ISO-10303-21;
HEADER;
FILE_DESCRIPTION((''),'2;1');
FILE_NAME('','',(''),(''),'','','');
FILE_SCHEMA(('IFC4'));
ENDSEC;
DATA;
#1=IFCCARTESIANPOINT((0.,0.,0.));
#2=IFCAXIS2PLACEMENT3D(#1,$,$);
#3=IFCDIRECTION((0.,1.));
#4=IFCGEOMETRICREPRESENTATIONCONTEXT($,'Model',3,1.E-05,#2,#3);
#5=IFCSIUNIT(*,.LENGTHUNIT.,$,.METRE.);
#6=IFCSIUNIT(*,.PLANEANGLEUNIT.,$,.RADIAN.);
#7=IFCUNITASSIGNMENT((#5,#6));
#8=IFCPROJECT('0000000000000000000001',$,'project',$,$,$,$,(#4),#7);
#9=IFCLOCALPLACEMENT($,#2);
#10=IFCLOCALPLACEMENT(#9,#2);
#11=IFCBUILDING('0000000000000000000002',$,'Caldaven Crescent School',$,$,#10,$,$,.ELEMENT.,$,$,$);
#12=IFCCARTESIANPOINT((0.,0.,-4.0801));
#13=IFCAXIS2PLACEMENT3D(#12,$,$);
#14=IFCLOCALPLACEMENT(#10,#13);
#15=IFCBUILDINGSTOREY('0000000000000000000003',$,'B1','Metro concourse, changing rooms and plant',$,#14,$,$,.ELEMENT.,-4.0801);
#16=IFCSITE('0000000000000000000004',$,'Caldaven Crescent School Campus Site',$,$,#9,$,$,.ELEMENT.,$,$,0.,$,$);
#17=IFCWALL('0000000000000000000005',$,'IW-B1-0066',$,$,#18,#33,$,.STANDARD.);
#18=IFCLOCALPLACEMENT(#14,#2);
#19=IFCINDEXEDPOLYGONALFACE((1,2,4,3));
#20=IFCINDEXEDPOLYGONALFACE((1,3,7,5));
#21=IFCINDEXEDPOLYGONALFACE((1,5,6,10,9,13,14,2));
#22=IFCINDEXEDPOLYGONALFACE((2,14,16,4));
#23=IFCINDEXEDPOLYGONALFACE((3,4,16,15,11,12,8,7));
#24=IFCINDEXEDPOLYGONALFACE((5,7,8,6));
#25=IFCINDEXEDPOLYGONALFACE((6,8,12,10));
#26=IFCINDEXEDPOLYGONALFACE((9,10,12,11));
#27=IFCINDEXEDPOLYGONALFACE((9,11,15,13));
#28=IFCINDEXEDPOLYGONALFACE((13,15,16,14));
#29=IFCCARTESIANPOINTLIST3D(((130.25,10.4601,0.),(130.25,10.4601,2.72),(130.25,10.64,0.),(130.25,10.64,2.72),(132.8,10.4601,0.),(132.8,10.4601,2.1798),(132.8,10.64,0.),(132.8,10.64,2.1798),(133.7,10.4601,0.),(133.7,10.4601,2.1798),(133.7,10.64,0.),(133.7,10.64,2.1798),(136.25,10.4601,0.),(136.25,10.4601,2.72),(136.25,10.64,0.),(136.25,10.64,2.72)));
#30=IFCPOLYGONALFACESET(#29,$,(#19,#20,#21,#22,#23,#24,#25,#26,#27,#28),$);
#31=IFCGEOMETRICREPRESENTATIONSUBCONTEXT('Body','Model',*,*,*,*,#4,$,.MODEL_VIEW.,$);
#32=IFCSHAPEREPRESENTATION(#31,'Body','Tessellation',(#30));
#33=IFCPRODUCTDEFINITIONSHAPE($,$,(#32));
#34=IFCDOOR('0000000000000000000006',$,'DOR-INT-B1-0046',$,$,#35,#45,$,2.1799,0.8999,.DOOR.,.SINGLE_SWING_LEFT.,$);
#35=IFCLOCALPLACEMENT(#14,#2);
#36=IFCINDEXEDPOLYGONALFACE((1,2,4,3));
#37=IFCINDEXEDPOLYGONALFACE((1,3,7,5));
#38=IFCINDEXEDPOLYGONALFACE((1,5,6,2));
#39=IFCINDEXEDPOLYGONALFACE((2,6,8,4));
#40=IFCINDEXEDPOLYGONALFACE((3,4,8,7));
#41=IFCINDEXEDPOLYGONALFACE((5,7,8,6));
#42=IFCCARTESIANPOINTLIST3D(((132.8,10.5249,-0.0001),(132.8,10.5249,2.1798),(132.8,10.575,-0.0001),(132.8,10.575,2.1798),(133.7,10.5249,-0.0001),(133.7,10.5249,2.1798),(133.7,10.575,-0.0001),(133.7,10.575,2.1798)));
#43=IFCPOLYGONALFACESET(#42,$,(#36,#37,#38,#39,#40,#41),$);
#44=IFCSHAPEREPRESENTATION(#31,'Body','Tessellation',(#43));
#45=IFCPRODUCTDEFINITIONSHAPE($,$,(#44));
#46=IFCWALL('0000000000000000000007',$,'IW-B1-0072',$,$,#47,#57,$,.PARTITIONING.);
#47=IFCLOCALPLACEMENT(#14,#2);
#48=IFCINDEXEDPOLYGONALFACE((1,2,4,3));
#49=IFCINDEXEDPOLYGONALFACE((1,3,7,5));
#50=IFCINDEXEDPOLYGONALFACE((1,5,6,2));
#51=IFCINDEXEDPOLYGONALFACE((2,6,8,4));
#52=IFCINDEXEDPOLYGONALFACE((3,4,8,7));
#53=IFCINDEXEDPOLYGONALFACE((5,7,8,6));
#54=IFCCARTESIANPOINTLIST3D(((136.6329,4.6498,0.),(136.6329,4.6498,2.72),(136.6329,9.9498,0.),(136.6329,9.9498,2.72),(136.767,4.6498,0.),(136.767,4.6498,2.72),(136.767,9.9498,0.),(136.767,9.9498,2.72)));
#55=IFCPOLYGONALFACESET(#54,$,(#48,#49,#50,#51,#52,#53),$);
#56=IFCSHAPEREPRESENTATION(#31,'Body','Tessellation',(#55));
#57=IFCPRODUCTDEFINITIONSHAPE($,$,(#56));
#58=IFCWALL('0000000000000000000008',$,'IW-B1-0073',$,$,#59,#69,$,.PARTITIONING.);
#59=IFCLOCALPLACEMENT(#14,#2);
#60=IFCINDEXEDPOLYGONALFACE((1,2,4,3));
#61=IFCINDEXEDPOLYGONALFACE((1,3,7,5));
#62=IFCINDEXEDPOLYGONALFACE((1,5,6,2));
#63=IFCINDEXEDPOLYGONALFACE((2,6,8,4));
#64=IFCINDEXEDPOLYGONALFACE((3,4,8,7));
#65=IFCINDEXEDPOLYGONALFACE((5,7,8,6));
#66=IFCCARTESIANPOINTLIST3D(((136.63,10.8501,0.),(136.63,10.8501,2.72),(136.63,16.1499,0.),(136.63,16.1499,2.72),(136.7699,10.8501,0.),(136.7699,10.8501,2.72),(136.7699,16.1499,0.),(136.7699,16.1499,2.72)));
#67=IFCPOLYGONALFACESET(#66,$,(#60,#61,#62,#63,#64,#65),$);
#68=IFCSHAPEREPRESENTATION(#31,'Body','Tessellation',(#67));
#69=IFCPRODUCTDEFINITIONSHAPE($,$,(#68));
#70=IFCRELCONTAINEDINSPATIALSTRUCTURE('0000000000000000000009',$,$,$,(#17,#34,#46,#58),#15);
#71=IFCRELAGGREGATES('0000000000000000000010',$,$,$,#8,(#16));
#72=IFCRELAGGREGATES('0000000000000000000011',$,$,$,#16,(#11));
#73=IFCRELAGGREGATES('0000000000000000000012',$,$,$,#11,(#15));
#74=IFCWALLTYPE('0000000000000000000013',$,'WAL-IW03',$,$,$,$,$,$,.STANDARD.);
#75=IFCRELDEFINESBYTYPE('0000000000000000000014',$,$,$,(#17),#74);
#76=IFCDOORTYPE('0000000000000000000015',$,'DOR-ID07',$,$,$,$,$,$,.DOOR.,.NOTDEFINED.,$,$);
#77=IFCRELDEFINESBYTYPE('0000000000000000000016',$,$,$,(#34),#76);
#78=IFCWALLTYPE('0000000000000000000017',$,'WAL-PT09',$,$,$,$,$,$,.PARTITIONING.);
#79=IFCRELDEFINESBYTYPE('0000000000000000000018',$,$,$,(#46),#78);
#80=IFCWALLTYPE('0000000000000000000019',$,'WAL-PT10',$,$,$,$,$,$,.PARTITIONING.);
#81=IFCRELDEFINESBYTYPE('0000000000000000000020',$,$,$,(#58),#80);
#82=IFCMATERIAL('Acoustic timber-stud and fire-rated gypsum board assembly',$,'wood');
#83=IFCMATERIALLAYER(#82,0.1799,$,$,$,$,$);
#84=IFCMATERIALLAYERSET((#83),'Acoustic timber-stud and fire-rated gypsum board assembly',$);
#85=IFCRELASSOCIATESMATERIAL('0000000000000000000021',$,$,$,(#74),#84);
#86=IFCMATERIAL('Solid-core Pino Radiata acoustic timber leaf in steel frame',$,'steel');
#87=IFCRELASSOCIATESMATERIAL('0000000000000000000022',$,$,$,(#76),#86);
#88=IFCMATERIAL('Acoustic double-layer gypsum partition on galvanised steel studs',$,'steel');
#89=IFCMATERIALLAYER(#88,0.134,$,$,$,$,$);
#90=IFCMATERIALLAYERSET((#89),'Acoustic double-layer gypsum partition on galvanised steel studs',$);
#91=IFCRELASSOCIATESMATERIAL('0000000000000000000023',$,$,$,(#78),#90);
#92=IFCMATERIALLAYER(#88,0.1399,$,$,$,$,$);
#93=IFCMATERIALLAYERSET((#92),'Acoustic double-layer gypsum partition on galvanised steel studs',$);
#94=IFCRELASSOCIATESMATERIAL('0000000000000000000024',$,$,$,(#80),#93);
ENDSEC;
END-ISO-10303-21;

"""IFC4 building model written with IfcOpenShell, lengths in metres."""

from ifc_helpers import new_model, si_unit, direction, frame, frame_2d, origin, place, context, subcontext, project, spatial, rectangle, extrude, material, layer, layer_set, type_object, element, fill, save


model = new_model("IFC4")

# Units and contexts
model_context = context("Model", 3, precision=1e-05, world=origin(), true_north=direction((0.0, 1.0)))
body_context = subcontext(model_context, "Body", "Model", "MODEL_VIEW")
ifc_project = project(units=[si_unit("LENGTHUNIT", "METRE"), si_unit("PLANEANGLEUNIT", "RADIAN")], contexts=[model_context])

# Site, building, storey
site_placement = place(None, origin())
site = spatial("IfcSite", under=ifc_project, at=site_placement, Name="Caldaven Crescent School Campus Site", CompositionType="ELEMENT", RefElevation=0.0)
building_placement = place(site_placement, origin())
building = spatial("IfcBuilding", under=site, at=building_placement, Name="Caldaven Crescent School", CompositionType="ELEMENT")
storey_placement = place(building_placement, frame((0.0, 0.0, -4.0801)))
storey = spatial("IfcBuildingStorey", under=building, at=storey_placement, Name="B1", Description="Metro concourse, changing rooms and plant", CompositionType="ELEMENT", Elevation=-4.0801)

# Wall, opening, door
ifc_material_1 = material(Name="Acoustic timber-stud and fire-rated gypsum board assembly", Category="wood")
ifc_layer_1 = layer(ifc_material_1, 0.1799)
ifc_layer_set_1 = layer_set([ifc_layer_1], Name="Acoustic timber-stud and fire-rated gypsum board assembly")
wall_type_1 = type_object("IfcWallType", Name="WAL-IW03", PredefinedType="STANDARD", material=ifc_layer_set_1)
wall_1_placement = place(storey_placement, frame((130.25, 10.55, 0.0), z_axis=(0.0, 0.0, 1.0), x_axis=(1.0, 0.0, 0.0)))
wall_1 = element("IfcWall", 1, at=wall_1_placement, inside=storey, type_object=wall_type_1, Name="IW-B1-0066", PredefinedType="STANDARD", context=body_context, shape_type="SweptSolid", body=[
    extrude(rectangle(XDim=6.0, YDim=0.1799, at=frame_2d((3.0, 0.0))), origin(), (0.0, 0.0, 1.0), 2.72),
])
opening_placement = place(wall_1_placement, frame((2.55, 0.0, 0.0)))
opening = element("IfcOpeningElement", 2, at=opening_placement, cuts=wall_1, PredefinedType="OPENING", context=body_context, shape_type="SweptSolid", body=[
    extrude(rectangle(XDim=0.8999, YDim=2.1799, at=frame_2d((0.45, 1.0898))), frame((0.0, 0.0999, 0.0), z_axis=(0.0, -1.0, 0.0), x_axis=(1.0, 0.0, 0.0)), (0.0, 0.0, 1.0), 0.2),
])
ifc_material_2 = material(Name="Solid-core Pino Radiata acoustic timber leaf in steel frame", Category="steel")
door_type = type_object("IfcDoorType", Name="DOR-ID07", OperationType="NOTDEFINED", PredefinedType="DOOR", material=ifc_material_2)
door_placement = place(opening_placement, origin())
door = element("IfcDoor", 3, at=door_placement, inside=storey, type_object=door_type, Name="DOR-INT-B1-0046", OperationType="SINGLE_SWING_LEFT", OverallHeight=2.1799, OverallWidth=0.8999, PredefinedType="DOOR", context=body_context, shape_type="SweptSolid", body=[
    extrude(rectangle(XDim=0.8999, YDim=2.1799, at=frame_2d((0.45, 1.0898))), frame((0.0, 0.0249, 0.0), z_axis=(0.0, -1.0, 0.0), x_axis=(1.0, 0.0, 0.0)), (0.0, 0.0, 1.0), 0.05),
])
fill(opening, door)

# Walls
ifc_material_3 = material(Name="Acoustic double-layer gypsum partition on galvanised steel studs", Category="steel")
ifc_layer_2 = layer(ifc_material_3, 0.134)
ifc_layer_set_2 = layer_set([ifc_layer_2], Name="Acoustic double-layer gypsum partition on galvanised steel studs")
wall_type_2 = type_object("IfcWallType", Name="WAL-PT09", PredefinedType="PARTITIONING", material=ifc_layer_set_2)
wall_2_placement = place(storey_placement, frame((136.7, 4.6499, 0.0), z_axis=(0.0, 0.0, 1.0), x_axis=(0.0, 1.0, 0.0)))
element("IfcWall", 4, at=wall_2_placement, inside=storey, type_object=wall_type_2, Name="IW-B1-0072", PredefinedType="PARTITIONING", context=body_context, shape_type="SweptSolid", body=[
    extrude(rectangle(XDim=5.3, YDim=0.134, at=frame_2d((2.6499, 0.0))), origin(), (0.0, 0.0, 1.0), 2.72),
])
ifc_layer_3 = layer(ifc_material_3, 0.1399)
ifc_layer_set_3 = layer_set([ifc_layer_3], Name="Acoustic double-layer gypsum partition on galvanised steel studs")
wall_type_3 = type_object("IfcWallType", Name="WAL-PT10", PredefinedType="PARTITIONING", material=ifc_layer_set_3)
wall_3_placement = place(storey_placement, frame((136.7, 10.8501, 0.0), z_axis=(0.0, 0.0, 1.0), x_axis=(0.0, 1.0, 0.0)))
element("IfcWall", 5, at=wall_3_placement, inside=storey, type_object=wall_type_3, Name="IW-B1-0073", PredefinedType="PARTITIONING", context=body_context, shape_type="SweptSolid", body=[
    extrude(rectangle(XDim=5.2998, YDim=0.1399, at=frame_2d((2.6499, 0.0))), origin(), (0.0, 0.0, 1.0), 2.72),
])

save(model, "model.ifc")
